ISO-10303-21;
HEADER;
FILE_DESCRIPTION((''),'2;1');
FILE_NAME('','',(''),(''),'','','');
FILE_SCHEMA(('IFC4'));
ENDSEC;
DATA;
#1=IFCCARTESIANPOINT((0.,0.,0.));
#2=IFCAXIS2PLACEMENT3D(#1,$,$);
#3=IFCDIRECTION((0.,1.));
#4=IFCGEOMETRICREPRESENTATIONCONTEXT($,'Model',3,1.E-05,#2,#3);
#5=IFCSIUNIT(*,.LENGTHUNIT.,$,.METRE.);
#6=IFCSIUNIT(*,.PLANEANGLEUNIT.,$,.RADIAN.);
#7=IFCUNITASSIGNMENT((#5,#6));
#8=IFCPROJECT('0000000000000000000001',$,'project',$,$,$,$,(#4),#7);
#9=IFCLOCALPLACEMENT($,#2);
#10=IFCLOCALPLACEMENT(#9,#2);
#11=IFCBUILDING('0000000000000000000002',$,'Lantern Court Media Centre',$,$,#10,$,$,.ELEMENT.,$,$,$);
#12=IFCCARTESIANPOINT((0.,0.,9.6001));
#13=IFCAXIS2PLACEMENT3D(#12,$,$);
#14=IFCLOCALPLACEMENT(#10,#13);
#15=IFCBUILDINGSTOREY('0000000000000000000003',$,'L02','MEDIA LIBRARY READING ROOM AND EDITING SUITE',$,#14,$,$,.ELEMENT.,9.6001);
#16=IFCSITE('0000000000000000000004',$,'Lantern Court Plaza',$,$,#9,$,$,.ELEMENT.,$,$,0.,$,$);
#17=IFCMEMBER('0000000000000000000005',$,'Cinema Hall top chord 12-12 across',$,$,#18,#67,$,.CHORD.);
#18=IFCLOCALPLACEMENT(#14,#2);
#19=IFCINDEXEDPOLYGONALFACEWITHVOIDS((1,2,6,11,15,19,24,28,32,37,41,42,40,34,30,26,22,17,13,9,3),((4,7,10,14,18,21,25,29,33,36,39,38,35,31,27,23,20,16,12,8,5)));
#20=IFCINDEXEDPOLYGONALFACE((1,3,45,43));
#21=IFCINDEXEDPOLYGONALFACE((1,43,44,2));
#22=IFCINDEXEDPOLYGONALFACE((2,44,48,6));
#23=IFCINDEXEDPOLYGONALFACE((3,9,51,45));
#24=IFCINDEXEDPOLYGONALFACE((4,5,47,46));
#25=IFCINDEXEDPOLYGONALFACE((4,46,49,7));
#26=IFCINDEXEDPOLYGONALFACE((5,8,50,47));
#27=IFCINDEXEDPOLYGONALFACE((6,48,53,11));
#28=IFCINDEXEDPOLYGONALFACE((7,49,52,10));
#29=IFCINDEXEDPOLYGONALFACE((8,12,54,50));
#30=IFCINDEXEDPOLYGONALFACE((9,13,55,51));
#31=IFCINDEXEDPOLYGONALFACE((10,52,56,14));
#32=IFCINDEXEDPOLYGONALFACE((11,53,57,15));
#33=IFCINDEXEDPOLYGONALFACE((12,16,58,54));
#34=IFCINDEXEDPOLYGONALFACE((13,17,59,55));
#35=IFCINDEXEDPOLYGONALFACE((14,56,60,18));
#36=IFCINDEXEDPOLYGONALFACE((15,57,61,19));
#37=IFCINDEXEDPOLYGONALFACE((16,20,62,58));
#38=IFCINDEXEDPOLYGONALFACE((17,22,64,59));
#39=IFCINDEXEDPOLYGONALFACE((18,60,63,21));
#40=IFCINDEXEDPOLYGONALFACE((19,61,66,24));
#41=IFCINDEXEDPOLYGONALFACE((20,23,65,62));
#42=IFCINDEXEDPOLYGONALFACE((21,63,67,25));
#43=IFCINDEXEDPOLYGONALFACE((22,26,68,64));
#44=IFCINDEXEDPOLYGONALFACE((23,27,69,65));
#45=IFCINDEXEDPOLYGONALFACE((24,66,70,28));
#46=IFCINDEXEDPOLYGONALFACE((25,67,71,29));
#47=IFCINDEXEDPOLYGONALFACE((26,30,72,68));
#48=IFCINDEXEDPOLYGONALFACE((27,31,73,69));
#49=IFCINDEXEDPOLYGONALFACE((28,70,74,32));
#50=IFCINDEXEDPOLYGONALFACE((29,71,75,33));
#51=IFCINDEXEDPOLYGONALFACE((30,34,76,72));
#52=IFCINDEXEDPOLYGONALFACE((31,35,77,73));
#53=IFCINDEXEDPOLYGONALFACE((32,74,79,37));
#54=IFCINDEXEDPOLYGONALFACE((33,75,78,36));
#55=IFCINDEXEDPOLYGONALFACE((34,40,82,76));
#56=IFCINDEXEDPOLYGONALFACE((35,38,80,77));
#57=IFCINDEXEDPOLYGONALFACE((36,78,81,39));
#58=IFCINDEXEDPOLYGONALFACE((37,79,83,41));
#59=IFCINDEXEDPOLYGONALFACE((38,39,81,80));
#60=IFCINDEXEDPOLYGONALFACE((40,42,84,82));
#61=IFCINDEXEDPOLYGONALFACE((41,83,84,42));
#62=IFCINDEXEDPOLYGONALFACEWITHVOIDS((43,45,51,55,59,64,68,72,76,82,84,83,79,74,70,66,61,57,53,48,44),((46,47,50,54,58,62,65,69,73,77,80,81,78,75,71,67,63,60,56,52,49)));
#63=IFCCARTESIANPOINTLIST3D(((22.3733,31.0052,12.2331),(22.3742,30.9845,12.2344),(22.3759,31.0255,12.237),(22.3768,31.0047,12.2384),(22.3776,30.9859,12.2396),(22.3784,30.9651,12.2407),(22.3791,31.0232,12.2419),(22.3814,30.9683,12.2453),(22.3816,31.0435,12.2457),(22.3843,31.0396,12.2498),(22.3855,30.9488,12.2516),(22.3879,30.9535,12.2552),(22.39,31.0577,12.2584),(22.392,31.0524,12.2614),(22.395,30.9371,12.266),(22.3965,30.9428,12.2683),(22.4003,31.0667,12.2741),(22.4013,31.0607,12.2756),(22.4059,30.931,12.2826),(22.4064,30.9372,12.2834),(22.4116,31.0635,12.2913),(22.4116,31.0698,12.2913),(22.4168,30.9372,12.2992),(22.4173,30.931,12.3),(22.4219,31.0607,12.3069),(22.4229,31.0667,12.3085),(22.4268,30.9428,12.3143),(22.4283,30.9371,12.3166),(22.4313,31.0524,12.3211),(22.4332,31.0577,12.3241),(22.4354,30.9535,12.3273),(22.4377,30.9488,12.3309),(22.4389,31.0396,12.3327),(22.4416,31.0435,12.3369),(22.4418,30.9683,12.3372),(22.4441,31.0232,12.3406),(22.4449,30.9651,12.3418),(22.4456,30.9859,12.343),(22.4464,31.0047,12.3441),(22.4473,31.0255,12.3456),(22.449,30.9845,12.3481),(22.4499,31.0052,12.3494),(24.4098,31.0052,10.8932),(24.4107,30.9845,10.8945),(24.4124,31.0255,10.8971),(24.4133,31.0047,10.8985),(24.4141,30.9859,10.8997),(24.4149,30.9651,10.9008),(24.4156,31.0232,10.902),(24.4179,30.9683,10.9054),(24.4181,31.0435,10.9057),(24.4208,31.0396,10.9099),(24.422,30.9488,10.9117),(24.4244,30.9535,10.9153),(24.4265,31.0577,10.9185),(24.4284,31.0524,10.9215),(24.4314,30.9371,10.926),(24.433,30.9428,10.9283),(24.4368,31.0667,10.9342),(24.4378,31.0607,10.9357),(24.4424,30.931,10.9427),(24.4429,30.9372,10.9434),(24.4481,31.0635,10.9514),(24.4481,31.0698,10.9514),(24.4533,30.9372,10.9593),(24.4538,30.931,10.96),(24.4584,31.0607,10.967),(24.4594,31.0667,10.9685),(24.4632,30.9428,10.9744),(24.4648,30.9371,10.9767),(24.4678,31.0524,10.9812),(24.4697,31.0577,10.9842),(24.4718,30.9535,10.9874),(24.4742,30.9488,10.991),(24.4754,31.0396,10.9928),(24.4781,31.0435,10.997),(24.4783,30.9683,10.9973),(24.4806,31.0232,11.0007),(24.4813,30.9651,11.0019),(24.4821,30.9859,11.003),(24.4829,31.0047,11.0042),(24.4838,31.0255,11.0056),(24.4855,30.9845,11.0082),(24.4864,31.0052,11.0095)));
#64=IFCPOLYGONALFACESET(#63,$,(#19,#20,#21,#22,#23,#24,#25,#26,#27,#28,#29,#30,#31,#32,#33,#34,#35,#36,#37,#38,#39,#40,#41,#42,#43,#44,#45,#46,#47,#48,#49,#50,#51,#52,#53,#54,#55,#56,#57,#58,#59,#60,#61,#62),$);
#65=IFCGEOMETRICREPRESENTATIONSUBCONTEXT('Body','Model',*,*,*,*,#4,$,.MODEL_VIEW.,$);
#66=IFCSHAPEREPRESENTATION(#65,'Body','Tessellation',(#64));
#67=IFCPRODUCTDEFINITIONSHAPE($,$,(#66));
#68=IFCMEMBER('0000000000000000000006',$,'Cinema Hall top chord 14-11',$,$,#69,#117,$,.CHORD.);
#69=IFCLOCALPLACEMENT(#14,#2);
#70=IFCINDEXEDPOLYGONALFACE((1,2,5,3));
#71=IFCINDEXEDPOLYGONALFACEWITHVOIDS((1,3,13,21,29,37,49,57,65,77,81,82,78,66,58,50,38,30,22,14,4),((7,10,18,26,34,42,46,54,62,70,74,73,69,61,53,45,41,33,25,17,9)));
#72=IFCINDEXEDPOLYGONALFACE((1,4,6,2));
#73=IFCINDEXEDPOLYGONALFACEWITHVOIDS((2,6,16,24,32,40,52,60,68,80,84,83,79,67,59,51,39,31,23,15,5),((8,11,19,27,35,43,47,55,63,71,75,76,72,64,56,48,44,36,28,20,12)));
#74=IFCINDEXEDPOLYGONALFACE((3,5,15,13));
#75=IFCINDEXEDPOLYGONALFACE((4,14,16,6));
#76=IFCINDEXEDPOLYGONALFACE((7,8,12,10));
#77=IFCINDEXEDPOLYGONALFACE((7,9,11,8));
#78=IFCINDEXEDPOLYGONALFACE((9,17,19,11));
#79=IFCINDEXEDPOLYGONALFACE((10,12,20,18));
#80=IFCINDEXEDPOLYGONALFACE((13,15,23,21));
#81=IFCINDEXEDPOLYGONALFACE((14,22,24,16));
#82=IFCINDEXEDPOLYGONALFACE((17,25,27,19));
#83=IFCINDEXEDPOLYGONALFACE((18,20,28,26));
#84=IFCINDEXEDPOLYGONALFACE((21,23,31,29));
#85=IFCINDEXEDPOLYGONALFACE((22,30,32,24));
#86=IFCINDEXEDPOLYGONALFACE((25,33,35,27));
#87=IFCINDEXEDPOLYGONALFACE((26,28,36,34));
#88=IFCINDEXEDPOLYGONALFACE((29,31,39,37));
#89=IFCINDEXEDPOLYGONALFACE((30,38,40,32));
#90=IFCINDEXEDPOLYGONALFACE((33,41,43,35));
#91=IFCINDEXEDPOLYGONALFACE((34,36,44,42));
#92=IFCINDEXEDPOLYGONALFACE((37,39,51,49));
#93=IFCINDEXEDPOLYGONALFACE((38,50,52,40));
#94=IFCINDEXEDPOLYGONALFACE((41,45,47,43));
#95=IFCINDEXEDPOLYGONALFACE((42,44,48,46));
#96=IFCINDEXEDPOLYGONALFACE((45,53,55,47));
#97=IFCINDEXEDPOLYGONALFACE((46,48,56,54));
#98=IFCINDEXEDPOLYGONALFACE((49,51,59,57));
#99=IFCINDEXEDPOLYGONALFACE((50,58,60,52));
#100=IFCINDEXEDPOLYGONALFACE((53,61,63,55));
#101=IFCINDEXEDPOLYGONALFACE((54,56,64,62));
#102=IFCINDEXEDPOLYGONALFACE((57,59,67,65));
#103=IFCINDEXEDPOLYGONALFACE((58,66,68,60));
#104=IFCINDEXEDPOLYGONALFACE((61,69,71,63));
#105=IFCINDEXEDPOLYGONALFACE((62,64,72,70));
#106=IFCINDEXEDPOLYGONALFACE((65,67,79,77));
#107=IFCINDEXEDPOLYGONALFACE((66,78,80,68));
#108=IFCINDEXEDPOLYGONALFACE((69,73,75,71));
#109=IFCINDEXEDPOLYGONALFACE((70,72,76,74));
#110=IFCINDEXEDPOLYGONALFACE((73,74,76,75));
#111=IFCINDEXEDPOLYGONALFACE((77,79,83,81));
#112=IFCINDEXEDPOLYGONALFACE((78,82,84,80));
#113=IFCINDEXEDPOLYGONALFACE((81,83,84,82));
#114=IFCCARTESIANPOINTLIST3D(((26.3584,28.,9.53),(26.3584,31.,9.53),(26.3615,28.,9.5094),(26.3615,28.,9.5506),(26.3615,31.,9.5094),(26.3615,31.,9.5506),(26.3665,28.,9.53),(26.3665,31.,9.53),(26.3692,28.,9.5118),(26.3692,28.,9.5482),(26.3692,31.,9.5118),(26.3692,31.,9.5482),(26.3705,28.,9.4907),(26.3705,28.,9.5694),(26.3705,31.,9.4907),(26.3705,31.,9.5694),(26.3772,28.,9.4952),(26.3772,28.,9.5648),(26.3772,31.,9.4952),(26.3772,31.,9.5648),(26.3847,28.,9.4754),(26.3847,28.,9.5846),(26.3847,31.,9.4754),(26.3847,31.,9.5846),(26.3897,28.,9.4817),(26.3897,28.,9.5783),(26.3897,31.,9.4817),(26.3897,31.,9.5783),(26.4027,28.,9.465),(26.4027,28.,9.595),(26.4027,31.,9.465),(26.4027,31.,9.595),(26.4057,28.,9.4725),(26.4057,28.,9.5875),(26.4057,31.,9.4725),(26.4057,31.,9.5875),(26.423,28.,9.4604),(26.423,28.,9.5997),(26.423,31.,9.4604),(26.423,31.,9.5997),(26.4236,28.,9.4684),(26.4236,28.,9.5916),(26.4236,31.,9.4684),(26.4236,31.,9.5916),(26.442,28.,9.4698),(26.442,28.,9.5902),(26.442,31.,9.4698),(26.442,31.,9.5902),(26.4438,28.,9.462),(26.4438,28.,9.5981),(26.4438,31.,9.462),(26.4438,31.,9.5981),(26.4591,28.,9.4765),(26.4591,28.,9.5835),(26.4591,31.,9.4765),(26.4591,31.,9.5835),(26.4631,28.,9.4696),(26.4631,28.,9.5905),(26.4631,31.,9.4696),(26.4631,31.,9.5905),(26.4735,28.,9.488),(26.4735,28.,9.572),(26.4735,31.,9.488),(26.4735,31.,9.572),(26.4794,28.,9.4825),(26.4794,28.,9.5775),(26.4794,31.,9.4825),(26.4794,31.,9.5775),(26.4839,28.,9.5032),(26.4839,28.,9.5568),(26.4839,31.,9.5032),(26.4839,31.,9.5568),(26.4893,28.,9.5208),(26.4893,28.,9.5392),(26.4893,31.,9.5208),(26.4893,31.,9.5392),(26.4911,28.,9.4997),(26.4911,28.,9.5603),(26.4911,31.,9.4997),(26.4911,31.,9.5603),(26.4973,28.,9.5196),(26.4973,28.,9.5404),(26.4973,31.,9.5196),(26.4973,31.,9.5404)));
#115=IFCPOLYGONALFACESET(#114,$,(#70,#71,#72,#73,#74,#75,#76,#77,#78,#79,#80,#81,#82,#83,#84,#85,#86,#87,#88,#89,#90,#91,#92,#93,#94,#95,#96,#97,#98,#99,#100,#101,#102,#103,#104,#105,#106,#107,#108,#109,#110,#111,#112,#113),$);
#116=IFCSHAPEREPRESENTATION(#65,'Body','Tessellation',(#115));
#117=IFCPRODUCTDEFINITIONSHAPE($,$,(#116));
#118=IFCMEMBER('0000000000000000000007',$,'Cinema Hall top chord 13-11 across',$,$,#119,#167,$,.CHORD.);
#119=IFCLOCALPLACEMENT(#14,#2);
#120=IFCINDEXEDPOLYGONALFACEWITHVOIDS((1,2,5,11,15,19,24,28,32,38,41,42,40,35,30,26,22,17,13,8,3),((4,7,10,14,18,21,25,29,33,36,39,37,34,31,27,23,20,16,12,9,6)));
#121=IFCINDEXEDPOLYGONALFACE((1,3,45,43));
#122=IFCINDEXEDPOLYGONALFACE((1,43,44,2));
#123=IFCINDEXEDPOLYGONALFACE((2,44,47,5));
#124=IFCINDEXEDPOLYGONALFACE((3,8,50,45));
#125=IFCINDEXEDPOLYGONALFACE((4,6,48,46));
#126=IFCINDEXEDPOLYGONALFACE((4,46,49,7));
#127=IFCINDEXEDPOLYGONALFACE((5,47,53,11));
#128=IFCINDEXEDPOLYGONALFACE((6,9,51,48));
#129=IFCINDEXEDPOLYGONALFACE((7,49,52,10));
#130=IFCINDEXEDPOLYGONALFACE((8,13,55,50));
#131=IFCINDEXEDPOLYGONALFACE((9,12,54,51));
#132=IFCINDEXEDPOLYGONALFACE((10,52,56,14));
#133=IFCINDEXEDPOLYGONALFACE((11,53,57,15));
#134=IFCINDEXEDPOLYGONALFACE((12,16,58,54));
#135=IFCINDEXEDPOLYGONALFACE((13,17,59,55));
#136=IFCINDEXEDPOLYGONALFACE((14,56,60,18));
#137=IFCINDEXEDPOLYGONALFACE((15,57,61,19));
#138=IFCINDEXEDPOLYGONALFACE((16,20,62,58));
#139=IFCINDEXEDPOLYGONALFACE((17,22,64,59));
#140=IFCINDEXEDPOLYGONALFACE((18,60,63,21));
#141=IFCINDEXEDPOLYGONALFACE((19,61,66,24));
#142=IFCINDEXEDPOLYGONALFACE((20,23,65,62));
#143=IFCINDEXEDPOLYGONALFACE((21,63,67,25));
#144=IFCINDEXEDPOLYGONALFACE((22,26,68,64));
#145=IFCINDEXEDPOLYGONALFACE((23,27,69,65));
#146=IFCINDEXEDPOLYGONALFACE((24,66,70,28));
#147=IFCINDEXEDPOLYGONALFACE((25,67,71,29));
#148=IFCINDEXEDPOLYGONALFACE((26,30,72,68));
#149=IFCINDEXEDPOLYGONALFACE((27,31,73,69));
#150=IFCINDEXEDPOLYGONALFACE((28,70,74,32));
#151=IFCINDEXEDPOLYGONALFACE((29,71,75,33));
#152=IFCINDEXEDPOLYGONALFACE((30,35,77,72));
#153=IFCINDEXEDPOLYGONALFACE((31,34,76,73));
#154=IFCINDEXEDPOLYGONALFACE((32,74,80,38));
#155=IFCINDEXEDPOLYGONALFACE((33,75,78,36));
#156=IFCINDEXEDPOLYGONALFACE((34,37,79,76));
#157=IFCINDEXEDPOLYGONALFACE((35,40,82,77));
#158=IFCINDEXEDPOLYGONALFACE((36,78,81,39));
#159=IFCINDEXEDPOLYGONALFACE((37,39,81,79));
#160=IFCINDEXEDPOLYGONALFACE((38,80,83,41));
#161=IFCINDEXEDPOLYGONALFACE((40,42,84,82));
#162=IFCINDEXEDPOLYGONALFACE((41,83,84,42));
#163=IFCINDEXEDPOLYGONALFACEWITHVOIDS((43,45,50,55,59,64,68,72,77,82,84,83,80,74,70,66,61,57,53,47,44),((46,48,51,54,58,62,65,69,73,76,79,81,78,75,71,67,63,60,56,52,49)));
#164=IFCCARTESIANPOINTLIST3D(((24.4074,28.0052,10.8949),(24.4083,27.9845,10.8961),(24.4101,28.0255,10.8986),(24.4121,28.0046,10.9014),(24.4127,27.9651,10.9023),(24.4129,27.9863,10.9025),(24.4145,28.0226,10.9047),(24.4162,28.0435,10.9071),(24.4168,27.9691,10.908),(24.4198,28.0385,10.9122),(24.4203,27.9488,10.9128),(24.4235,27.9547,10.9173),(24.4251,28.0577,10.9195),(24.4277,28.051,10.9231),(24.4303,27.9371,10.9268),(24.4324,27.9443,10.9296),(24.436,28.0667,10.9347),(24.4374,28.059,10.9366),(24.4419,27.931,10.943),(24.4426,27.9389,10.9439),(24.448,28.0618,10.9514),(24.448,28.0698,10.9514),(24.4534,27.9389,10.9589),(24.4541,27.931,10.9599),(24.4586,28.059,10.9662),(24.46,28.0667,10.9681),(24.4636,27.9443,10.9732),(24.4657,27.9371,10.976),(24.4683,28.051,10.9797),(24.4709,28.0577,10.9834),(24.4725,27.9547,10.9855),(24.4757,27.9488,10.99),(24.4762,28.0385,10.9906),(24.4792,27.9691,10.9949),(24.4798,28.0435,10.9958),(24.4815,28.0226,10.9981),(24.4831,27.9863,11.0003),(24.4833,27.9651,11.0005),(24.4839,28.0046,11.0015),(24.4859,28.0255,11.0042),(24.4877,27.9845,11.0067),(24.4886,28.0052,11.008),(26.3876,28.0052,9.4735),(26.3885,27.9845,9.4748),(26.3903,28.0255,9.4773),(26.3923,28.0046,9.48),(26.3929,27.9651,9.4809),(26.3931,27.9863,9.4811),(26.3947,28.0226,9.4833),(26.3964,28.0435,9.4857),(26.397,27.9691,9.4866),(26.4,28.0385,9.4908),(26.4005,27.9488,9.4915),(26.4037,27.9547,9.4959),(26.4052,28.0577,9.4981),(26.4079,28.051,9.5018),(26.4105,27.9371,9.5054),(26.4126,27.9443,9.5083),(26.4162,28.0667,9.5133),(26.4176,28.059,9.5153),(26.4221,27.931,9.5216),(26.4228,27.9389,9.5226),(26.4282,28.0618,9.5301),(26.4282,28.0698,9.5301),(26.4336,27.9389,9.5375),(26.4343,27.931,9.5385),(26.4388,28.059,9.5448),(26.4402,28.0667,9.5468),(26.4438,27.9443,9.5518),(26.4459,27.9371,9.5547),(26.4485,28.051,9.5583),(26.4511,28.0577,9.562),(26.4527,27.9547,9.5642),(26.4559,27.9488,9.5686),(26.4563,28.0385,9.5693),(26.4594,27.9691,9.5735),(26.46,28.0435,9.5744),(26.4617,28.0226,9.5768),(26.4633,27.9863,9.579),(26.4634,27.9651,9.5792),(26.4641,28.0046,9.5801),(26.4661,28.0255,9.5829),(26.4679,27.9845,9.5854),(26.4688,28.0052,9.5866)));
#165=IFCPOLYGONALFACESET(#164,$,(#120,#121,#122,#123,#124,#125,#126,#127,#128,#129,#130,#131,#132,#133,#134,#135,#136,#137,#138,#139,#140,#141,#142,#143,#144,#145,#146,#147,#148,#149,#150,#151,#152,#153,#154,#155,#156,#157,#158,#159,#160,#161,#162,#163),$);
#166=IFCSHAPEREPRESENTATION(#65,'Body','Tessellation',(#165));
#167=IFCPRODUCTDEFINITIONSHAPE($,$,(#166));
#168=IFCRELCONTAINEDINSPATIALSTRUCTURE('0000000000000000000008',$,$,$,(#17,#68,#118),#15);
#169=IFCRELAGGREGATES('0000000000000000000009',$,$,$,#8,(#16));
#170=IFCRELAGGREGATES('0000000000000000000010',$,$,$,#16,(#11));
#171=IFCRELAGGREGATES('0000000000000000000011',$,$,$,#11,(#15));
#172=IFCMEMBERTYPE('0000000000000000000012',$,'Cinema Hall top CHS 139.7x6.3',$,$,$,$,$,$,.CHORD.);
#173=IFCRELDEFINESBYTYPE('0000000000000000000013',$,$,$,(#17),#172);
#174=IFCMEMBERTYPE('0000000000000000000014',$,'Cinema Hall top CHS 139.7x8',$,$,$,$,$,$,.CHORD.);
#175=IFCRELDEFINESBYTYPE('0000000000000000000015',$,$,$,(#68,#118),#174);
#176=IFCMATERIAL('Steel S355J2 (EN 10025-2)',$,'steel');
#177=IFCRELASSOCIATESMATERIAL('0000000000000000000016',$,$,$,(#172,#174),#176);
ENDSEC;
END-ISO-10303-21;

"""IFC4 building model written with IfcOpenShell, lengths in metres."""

from ifc_helpers import new_model, si_unit, direction, frame, origin, origin_2d, place, context, subcontext, project, spatial, hollow_circle, extrude, material, material_profile, profile_set, type_object, element, save


model = new_model("IFC4")

# Units and contexts
model_context = context("Model", 3, precision=1e-05, world=origin(), true_north=direction((0.0, 1.0)))
body_context = subcontext(model_context, "Body", "Model", "MODEL_VIEW")
ifc_project = project(units=[si_unit("LENGTHUNIT", "METRE"), si_unit("PLANEANGLEUNIT", "RADIAN")], contexts=[model_context])

# Site, building, storey
site_placement = place(None, origin())
site = spatial("IfcSite", under=ifc_project, at=site_placement, Name="Lantern Court Plaza", CompositionType="ELEMENT", RefElevation=0.0)
building_placement = place(site_placement, origin())
building = spatial("IfcBuilding", under=site, at=building_placement, Name="Lantern Court Media Centre", CompositionType="ELEMENT")
storey_placement = place(building_placement, frame((0.0, 0.0, 9.6001)))
storey = spatial("IfcBuildingStorey", under=building, at=storey_placement, Name="L02", Description="MEDIA LIBRARY READING ROOM AND EDITING SUITE", CompositionType="ELEMENT", Elevation=9.6001)

# Members
ifc_material = material(Name="Steel S355J2 (EN 10025-2)", Category="steel")
ifc_material_profile_1 = material_profile(ifc_material, hollow_circle(Radius=0.0698, WallThickness=0.0063, at=origin_2d()), Name="Cinema Hall top CHS 139.7x6.3")
ifc_profile_set_1 = profile_set([ifc_material_profile_1], Name="Steel S355J2 (EN 10025-2)")
member_type_1 = type_object("IfcMemberType", Name="Cinema Hall top CHS 139.7x6.3", PredefinedType="CHORD", material=ifc_profile_set_1)
for number, where, z_axis, x_axis, name in (
    (1, (22.4116, 31.0, 12.2913), (0.835394, 0.0, -0.549651), (0.0, 1.0, 0.0), "Cinema Hall top chord 12-12 across"),
):
    element("IfcMember", number, at=place(storey_placement, frame(where, z_axis=z_axis, x_axis=x_axis)), inside=storey, type_object=member_type_1, Name=name, PredefinedType="CHORD", context=body_context, shape_type="SweptSolid", body=[
        extrude(hollow_circle(Radius=0.0698, WallThickness=0.0063, at=origin_2d()), origin(), (0.0, 0.0, 1.0), 2.4377),
    ])
ifc_material_profile_2 = material_profile(ifc_material, hollow_circle(Radius=0.0698, WallThickness=0.0081, at=origin_2d()), Name="Cinema Hall top CHS 139.7x8")
ifc_profile_set_2 = profile_set([ifc_material_profile_2], Name="Steel S355J2 (EN 10025-2)")
member_type_2 = type_object("IfcMemberType", Name="Cinema Hall top CHS 139.7x8", PredefinedType="CHORD", material=ifc_profile_set_2)
member_1_placement = place(storey_placement, frame((26.4282, 28.0, 9.53), z_axis=(0.0, 1.0, 0.0), x_axis=(-1.0, 0.0, 0.0)))
element("IfcMember", 2, at=member_1_placement, inside=storey, type_object=member_type_2, Name="Cinema Hall top chord 14-11", PredefinedType="CHORD", context=body_context, shape_type="SweptSolid", body=[
    extrude(hollow_circle(Radius=0.0698, WallThickness=0.0081, at=origin_2d()), origin(), (0.0, 0.0, 1.0), 3.0),
])
for number, where, z_axis, x_axis, name in (
    (3, (24.448, 28.0, 10.9514), (0.812385, 0.0, -0.583122), (0.0, 1.0, 0.0), "Cinema Hall top chord 13-11 across"),
):
    element("IfcMember", number, at=place(storey_placement, frame(where, z_axis=z_axis, x_axis=x_axis)), inside=storey, type_object=member_type_2, Name=name, PredefinedType="CHORD", context=body_context, shape_type="SweptSolid", body=[
        extrude(hollow_circle(Radius=0.0698, WallThickness=0.0081, at=origin_2d()), origin(), (0.0, 0.0, 1.0), 2.4375),
    ])

save(model, "model.ifc")
